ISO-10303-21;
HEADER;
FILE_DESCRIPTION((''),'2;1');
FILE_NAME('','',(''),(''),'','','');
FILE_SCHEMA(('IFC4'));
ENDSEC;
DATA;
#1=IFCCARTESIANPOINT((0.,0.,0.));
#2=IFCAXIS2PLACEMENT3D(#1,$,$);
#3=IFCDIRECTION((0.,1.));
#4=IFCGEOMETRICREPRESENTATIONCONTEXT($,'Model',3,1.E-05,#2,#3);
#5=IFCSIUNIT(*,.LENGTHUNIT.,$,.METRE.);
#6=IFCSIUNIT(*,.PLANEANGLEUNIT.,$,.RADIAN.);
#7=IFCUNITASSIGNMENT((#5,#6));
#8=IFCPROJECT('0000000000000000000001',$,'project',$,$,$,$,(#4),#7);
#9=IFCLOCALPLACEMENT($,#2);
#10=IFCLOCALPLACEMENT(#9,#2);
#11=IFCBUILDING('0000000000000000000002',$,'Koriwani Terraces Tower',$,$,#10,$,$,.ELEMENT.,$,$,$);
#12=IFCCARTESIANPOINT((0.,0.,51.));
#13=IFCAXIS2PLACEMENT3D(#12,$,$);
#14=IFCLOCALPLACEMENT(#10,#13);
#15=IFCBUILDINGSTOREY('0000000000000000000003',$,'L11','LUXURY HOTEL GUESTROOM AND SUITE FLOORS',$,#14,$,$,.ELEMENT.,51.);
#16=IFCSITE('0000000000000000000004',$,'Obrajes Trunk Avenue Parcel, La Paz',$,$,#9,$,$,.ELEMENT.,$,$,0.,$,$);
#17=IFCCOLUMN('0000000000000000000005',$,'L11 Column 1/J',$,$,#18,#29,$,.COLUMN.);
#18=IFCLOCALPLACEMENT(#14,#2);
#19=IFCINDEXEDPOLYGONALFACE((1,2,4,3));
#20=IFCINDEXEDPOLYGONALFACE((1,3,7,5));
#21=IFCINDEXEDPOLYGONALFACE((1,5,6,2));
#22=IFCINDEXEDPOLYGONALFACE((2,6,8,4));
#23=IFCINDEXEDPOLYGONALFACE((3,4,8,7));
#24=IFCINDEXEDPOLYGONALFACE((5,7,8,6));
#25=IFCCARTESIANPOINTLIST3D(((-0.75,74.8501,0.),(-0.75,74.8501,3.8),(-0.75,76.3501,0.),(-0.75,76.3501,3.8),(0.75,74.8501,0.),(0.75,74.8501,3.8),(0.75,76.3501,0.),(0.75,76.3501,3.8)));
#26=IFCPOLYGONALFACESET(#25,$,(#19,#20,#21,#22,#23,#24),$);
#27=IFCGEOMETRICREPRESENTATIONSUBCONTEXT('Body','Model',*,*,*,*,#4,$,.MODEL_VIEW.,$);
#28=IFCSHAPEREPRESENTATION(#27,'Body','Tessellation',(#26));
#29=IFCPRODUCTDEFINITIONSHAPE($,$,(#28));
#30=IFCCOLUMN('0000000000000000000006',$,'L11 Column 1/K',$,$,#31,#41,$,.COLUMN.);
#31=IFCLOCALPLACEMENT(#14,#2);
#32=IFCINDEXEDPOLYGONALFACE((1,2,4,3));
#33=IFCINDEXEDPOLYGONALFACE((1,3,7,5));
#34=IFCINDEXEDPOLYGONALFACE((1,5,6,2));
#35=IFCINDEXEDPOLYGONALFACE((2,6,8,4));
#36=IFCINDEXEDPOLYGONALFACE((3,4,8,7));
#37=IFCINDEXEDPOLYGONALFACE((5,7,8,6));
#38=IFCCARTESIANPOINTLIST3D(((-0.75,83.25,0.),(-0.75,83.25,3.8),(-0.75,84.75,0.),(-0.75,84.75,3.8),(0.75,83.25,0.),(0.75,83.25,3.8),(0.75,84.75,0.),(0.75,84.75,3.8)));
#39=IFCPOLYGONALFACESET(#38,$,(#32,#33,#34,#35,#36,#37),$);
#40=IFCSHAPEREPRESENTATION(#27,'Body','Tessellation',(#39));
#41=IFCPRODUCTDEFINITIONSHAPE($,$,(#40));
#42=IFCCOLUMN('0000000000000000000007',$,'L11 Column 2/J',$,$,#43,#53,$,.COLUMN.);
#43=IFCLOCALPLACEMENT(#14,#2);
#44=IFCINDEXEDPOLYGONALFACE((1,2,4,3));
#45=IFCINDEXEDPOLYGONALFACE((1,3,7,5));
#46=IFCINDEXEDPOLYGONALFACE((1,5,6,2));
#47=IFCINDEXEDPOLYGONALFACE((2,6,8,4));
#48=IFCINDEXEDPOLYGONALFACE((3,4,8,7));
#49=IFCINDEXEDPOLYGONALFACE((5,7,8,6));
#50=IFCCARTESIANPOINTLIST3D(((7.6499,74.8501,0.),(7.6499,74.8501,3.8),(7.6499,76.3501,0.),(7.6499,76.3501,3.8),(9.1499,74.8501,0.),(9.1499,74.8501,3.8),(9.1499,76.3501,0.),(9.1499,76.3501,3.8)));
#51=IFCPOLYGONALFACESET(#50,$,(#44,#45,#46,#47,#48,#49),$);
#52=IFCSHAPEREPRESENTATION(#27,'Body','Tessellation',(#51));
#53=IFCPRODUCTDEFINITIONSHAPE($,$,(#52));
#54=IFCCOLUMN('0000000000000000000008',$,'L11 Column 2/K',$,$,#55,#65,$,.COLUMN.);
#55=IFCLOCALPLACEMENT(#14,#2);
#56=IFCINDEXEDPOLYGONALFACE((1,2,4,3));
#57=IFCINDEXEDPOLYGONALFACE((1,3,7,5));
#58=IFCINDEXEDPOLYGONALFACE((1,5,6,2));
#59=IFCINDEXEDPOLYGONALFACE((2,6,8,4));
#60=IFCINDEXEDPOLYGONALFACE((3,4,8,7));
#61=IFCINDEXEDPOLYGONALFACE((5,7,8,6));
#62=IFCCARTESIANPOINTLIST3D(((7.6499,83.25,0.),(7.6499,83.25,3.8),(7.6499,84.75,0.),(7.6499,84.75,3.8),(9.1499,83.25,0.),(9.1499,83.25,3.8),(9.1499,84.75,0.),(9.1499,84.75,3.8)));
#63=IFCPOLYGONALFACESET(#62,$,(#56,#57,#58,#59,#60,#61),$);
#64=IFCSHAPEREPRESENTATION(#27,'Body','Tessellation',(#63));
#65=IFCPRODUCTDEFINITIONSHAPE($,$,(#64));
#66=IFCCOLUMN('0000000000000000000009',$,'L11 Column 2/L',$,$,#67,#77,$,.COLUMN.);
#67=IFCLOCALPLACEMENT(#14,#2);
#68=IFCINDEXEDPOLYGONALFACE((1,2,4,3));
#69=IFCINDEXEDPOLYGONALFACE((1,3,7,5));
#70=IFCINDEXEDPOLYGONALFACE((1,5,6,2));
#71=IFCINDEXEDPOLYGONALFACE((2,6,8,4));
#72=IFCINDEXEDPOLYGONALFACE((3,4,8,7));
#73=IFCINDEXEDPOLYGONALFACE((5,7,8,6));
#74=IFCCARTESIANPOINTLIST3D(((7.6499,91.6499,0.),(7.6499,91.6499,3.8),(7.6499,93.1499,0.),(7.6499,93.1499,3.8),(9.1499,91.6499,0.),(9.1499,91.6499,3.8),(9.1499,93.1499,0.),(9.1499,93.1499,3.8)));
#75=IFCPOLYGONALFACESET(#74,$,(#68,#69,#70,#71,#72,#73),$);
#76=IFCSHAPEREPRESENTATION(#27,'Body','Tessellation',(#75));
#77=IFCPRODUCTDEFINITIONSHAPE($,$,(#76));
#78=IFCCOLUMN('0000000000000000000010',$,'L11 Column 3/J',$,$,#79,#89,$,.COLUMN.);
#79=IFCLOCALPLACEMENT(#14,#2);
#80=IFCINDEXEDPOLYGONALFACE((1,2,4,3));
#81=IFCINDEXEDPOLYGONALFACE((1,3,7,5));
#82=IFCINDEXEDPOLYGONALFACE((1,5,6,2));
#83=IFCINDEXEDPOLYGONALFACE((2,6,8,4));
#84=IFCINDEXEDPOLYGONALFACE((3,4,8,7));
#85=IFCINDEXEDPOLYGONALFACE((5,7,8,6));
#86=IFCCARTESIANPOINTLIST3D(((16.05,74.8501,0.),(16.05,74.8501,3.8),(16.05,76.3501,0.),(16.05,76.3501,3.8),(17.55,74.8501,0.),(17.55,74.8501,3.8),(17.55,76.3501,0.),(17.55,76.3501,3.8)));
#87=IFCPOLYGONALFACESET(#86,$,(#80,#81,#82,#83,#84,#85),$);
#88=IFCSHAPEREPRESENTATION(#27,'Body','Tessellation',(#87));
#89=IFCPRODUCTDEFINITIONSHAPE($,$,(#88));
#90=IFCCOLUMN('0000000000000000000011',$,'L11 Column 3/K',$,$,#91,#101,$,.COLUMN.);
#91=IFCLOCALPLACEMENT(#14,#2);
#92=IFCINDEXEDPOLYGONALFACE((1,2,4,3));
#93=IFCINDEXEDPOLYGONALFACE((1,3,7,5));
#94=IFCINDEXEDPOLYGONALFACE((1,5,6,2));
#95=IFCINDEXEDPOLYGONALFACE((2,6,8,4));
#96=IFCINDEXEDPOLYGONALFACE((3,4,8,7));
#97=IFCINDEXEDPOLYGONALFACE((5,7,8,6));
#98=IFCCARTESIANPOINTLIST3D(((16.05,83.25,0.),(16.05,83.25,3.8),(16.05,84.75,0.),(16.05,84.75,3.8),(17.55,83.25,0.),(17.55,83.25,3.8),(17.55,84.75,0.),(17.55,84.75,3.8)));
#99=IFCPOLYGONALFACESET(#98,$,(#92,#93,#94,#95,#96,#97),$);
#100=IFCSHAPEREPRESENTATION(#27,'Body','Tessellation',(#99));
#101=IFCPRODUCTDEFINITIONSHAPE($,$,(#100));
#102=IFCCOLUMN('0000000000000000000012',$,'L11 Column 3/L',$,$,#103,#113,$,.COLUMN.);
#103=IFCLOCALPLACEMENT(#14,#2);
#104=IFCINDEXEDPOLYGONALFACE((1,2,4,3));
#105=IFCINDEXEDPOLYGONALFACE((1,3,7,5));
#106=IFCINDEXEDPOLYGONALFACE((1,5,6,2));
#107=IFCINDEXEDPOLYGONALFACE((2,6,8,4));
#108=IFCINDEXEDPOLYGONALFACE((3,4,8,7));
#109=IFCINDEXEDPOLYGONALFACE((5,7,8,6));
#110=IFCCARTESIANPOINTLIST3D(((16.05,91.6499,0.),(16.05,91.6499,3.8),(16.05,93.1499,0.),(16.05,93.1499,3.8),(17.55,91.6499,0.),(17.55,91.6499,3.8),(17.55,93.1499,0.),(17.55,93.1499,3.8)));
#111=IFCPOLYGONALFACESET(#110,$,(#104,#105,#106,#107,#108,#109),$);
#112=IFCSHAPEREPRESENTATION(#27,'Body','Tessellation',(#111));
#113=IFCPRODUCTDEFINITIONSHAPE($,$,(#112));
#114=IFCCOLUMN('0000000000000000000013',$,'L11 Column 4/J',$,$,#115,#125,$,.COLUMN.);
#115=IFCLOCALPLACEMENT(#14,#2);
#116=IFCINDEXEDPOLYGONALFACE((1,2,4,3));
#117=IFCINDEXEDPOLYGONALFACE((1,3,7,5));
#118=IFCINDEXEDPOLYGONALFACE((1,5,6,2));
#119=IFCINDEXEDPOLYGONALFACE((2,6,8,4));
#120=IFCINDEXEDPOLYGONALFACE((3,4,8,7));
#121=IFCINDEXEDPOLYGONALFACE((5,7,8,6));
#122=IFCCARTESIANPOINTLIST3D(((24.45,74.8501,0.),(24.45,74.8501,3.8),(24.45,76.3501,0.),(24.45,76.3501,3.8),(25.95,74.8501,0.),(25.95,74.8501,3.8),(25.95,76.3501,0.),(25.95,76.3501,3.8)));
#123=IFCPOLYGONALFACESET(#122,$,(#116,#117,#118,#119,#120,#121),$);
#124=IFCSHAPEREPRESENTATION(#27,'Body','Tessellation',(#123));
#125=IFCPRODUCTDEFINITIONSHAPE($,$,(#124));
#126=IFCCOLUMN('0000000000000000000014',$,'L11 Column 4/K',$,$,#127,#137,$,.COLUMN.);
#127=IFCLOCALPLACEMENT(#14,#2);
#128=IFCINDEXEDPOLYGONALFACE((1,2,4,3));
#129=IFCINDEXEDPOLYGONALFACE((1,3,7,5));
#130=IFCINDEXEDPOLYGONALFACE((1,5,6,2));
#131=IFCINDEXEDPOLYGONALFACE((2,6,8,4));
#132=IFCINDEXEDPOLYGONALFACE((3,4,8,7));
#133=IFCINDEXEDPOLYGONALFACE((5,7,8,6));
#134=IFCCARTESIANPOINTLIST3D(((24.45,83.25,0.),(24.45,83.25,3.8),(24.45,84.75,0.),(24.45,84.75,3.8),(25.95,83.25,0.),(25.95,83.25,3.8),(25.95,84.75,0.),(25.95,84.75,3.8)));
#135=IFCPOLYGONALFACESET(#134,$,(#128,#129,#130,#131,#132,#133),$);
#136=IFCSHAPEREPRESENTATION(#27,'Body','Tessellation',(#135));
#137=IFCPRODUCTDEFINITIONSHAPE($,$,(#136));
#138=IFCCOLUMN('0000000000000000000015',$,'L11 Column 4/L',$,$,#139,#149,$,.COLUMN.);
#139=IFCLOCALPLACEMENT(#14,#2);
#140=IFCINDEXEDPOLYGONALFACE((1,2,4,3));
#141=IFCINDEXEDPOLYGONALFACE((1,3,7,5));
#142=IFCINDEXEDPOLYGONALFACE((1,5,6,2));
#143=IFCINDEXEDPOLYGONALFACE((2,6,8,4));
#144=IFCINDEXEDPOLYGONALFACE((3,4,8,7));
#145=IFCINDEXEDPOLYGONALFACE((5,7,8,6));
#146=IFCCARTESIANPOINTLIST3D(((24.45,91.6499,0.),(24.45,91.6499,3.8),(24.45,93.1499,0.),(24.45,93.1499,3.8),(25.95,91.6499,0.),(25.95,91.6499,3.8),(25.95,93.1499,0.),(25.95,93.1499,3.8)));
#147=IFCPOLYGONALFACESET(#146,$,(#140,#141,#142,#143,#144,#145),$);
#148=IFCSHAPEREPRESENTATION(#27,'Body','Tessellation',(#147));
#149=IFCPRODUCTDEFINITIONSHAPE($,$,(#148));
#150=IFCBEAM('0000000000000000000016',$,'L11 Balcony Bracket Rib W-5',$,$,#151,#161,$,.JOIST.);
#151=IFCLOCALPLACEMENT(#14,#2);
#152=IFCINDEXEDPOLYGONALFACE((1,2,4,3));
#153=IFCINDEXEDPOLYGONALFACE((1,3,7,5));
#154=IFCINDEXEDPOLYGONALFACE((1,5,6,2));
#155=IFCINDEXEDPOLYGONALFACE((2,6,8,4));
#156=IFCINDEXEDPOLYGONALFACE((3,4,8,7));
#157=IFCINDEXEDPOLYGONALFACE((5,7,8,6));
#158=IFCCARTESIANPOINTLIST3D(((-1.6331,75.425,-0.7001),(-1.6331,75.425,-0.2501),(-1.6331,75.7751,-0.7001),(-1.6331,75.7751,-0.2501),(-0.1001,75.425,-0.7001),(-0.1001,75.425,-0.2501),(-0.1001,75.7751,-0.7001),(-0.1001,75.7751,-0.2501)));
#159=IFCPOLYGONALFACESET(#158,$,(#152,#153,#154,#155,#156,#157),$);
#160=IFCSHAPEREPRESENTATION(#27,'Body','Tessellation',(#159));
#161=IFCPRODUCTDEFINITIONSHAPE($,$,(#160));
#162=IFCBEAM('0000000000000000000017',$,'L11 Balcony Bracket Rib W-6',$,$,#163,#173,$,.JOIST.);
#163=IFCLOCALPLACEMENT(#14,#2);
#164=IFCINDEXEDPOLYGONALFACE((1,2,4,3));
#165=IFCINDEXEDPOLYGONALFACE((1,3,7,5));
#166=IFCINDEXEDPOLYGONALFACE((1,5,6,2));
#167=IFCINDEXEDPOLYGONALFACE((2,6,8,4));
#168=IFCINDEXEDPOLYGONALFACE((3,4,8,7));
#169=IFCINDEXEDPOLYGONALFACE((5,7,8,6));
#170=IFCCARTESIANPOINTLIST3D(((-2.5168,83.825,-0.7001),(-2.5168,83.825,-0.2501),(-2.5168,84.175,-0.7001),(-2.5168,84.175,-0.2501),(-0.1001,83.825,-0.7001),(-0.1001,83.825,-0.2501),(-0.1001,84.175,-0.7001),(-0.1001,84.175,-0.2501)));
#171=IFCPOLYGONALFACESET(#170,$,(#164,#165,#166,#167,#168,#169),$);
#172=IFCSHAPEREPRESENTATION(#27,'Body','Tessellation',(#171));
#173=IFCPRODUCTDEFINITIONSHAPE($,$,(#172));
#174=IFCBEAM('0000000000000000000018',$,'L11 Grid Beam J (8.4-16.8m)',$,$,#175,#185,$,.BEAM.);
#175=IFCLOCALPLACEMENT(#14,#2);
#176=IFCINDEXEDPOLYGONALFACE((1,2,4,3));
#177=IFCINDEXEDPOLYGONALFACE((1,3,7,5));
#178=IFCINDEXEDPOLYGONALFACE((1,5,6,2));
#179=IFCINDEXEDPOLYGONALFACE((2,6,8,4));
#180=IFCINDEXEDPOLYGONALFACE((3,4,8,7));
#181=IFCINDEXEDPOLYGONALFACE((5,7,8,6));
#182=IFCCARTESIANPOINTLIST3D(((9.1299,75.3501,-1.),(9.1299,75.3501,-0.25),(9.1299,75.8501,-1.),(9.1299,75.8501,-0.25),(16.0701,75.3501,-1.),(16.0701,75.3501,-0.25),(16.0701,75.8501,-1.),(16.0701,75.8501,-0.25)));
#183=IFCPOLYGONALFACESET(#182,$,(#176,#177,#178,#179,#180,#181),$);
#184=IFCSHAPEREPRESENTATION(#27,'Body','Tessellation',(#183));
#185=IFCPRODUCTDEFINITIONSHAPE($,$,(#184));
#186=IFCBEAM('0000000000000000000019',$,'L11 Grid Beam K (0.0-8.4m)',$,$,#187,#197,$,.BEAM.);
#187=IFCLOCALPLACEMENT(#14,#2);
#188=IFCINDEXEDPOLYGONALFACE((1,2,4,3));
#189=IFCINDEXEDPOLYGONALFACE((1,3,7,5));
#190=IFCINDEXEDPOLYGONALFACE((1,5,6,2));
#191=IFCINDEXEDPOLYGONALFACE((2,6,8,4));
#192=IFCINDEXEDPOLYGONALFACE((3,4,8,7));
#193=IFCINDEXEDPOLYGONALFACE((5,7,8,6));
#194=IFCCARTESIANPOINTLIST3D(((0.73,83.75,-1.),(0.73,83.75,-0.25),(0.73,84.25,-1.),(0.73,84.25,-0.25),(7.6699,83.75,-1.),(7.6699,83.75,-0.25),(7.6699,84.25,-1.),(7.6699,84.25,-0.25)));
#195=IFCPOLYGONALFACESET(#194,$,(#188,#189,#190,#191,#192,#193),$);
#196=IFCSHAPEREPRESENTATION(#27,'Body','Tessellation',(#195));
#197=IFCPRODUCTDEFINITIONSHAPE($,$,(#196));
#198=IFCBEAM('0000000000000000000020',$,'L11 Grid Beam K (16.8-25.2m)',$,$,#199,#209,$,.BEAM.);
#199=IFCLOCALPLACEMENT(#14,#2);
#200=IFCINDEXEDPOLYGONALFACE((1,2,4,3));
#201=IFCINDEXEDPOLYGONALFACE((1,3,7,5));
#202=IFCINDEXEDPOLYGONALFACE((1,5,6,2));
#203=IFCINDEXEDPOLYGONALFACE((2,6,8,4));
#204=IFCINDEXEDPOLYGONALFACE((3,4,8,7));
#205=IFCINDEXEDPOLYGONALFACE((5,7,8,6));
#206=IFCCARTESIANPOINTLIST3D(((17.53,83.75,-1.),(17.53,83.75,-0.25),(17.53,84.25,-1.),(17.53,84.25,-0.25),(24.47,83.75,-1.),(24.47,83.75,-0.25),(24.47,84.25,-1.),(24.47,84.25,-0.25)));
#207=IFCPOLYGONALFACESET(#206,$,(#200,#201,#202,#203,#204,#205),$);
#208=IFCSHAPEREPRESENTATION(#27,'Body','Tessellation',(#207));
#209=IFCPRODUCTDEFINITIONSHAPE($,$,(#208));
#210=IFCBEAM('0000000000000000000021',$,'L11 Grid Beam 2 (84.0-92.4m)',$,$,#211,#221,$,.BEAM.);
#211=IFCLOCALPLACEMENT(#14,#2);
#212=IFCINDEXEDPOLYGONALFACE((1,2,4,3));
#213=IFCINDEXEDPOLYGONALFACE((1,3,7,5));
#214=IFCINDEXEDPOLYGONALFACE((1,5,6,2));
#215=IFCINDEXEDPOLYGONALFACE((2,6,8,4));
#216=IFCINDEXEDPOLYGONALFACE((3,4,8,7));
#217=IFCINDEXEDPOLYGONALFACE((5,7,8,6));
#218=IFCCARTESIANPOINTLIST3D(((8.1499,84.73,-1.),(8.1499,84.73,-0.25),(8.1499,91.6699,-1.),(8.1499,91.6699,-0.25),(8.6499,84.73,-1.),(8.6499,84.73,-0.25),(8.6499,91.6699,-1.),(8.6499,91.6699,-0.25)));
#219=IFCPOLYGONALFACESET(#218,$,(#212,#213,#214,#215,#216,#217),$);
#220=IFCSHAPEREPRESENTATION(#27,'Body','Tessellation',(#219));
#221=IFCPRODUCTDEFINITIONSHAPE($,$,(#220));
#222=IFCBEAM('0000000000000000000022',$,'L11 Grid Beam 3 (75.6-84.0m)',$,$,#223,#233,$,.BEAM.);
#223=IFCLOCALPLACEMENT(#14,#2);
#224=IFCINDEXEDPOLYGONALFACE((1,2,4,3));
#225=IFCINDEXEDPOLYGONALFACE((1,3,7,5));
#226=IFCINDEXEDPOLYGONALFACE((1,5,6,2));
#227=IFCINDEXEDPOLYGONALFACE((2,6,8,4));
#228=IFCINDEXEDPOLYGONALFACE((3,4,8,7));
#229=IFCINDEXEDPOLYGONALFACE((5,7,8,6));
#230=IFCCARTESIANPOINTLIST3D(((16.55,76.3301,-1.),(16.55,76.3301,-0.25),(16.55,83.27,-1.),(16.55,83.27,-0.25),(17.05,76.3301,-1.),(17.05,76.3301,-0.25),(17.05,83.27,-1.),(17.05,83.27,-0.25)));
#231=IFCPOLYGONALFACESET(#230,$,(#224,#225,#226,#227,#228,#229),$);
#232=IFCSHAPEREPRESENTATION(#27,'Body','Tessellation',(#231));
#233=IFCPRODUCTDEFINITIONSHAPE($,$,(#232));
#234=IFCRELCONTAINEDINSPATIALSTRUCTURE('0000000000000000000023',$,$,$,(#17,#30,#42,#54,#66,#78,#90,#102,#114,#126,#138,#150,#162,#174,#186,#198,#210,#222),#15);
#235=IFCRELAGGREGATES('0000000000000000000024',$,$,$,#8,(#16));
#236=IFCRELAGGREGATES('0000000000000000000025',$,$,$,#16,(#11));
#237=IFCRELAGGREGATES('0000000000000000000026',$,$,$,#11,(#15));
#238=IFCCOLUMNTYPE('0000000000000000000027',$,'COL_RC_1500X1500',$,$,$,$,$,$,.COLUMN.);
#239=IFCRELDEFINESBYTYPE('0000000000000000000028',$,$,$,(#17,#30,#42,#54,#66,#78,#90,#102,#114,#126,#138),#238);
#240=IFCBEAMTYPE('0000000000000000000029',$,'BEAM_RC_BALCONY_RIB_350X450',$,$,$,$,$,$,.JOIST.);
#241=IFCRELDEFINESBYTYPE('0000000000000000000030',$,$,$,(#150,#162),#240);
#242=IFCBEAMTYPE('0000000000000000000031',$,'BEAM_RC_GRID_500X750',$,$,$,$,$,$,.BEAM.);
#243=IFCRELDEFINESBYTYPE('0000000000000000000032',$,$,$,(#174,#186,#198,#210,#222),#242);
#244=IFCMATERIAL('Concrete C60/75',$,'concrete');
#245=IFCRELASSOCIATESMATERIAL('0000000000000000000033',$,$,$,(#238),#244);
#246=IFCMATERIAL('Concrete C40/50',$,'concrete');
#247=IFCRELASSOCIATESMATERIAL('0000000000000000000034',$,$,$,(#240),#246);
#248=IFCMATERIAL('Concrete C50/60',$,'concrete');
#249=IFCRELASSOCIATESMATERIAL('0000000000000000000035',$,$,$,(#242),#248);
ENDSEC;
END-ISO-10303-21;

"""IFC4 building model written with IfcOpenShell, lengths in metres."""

from ifc_helpers import new_model, si_unit, direction, frame, origin, origin_2d, place, context, subcontext, project, spatial, rectangle, extrude, material, material_profile, profile_set, type_object, element, save


model = new_model("IFC4")

# Units and contexts
model_context = context("Model", 3, precision=1e-05, world=origin(), true_north=direction((0.0, 1.0)))
body_context = subcontext(model_context, "Body", "Model", "MODEL_VIEW")
ifc_project = project(units=[si_unit("LENGTHUNIT", "METRE"), si_unit("PLANEANGLEUNIT", "RADIAN")], contexts=[model_context])

# Site, building, storey
site_placement = place(None, origin())
site = spatial("IfcSite", under=ifc_project, at=site_placement, Name="Obrajes Trunk Avenue Parcel, La Paz", CompositionType="ELEMENT", RefElevation=0.0)
building_placement = place(site_placement, origin())
building = spatial("IfcBuilding", under=site, at=building_placement, Name="Koriwani Terraces Tower", CompositionType="ELEMENT")
storey_placement = place(building_placement, frame((0.0, 0.0, 51.0)))
storey = spatial("IfcBuildingStorey", under=building, at=storey_placement, Name="L11", Description="LUXURY HOTEL GUESTROOM AND SUITE FLOORS", CompositionType="ELEMENT", Elevation=51.0)

# Columns
ifc_material_1 = material(Name="Concrete C60/75", Category="concrete")
ifc_material_profile_1 = material_profile(ifc_material_1, rectangle(XDim=1.5, YDim=1.5, at=origin_2d()), Name="Concrete C60/75", Category="LoadBearing")
ifc_profile_set_1 = profile_set([ifc_material_profile_1], Name="Concrete C60/75")
column_type = type_object("IfcColumnType", Name="COL_RC_1500X1500", PredefinedType="COLUMN", material=ifc_profile_set_1)
for number, where, z_axis, x_axis, name in (
    (1, (0.0, 75.6001, 0.0), (0.0, 0.0, 1.0), (1.0, 0.0, 0.0), "L11 Column 1/J"),
    (2, (0.0, 84.0, 0.0), (0.0, 0.0, 1.0), (1.0, 0.0, 0.0), "L11 Column 1/K"),
    (3, (8.3999, 75.6001, 0.0), (0.0, 0.0, 1.0), (1.0, 0.0, 0.0), "L11 Column 2/J"),
    (4, (8.3999, 84.0, 0.0), (0.0, 0.0, 1.0), (1.0, 0.0, 0.0), "L11 Column 2/K"),
    (5, (8.3999, 92.3999, 0.0), (0.0, 0.0, 1.0), (1.0, 0.0, 0.0), "L11 Column 2/L"),
    (6, (16.8, 75.6001, 0.0), (0.0, 0.0, 1.0), (1.0, 0.0, 0.0), "L11 Column 3/J"),
    (7, (16.8, 84.0, 0.0), (0.0, 0.0, 1.0), (1.0, 0.0, 0.0), "L11 Column 3/K"),
    (8, (16.8, 92.3999, 0.0), (0.0, 0.0, 1.0), (1.0, 0.0, 0.0), "L11 Column 3/L"),
    (9, (25.2, 75.6001, 0.0), (0.0, 0.0, 1.0), (1.0, 0.0, 0.0), "L11 Column 4/J"),
    (10, (25.2, 84.0, 0.0), (0.0, 0.0, 1.0), (1.0, 0.0, 0.0), "L11 Column 4/K"),
    (11, (25.2, 92.3999, 0.0), (0.0, 0.0, 1.0), (1.0, 0.0, 0.0), "L11 Column 4/L"),
):
    element("IfcColumn", number, at=place(storey_placement, frame(where, z_axis=z_axis, x_axis=x_axis)), inside=storey, type_object=column_type, Name=name, PredefinedType="COLUMN", context=body_context, shape_type="SweptSolid", body=[
        extrude(rectangle(XDim=1.5, YDim=1.5, at=origin_2d()), origin(), (0.0, 0.0, 1.0), 3.8),
    ])

# Beams
ifc_material_2 = material(Name="Concrete C40/50", Category="concrete")
ifc_material_profile_2 = material_profile(ifc_material_2, rectangle(XDim=0.3501, YDim=0.45, at=origin_2d()), Name="Concrete C40/50", Category="LoadBearing")
ifc_profile_set_2 = profile_set([ifc_material_profile_2], Name="Concrete C40/50")
beam_type_1 = type_object("IfcBeamType", Name="BEAM_RC_BALCONY_RIB_350X450", PredefinedType="JOIST", material=ifc_profile_set_2)
beam_1_placement = place(storey_placement, frame((-1.6331, 75.6001, -0.4751), z_axis=(1.0, 0.0, 0.0), x_axis=(0.0, 1.0, 0.0)))
element("IfcBeam", 12, at=beam_1_placement, inside=storey, type_object=beam_type_1, Name="L11 Balcony Bracket Rib W-5", PredefinedType="JOIST", context=body_context, shape_type="SweptSolid", body=[
    extrude(rectangle(XDim=0.3501, YDim=0.45, at=origin_2d()), origin(), (0.0, 0.0, 1.0), 1.533),
])
beam_2_placement = place(storey_placement, frame((-2.5168, 84.0, -0.4751), z_axis=(1.0, 0.0, 0.0), x_axis=(0.0, 1.0, 0.0)))
element("IfcBeam", 13, at=beam_2_placement, inside=storey, type_object=beam_type_1, Name="L11 Balcony Bracket Rib W-6", PredefinedType="JOIST", context=body_context, shape_type="SweptSolid", body=[
    extrude(rectangle(XDim=0.3501, YDim=0.45, at=origin_2d()), origin(), (0.0, 0.0, 1.0), 2.4167),
])
ifc_material_3 = material(Name="Concrete C50/60", Category="concrete")
ifc_material_profile_3 = material_profile(ifc_material_3, rectangle(XDim=0.5, YDim=0.75, at=origin_2d()), Name="Concrete C50/60", Category="LoadBearing")
ifc_profile_set_3 = profile_set([ifc_material_profile_3], Name="Concrete C50/60")
beam_type_2 = type_object("IfcBeamType", Name="BEAM_RC_GRID_500X750", PredefinedType="BEAM", material=ifc_profile_set_3)
beam_3_placement = place(storey_placement, frame((9.1299, 75.6001, -0.625), z_axis=(1.0, 0.0, 0.0), x_axis=(0.0, 1.0, 0.0)))
element("IfcBeam", 14, at=beam_3_placement, inside=storey, type_object=beam_type_2, Name="L11 Grid Beam J (8.4-16.8m)", PredefinedType="BEAM", context=body_context, shape_type="SweptSolid", body=[
    extrude(rectangle(XDim=0.5, YDim=0.75, at=origin_2d()), origin(), (0.0, 0.0, 1.0), 6.9402),
])
for number, where, z_axis, x_axis, name in (
    (15, (0.73, 84.0, -0.625), (1.0, 0.0, 0.0), (0.0, 1.0, 0.0), "L11 Grid Beam K (0.0-8.4m)"),
    (16, (17.53, 84.0, -0.625), (1.0, 0.0, 0.0), (0.0, 1.0, 0.0), "L11 Grid Beam K (16.8-25.2m)"),
    (17, (8.3999, 84.73, -0.625), (0.0, 1.0, 0.0), (-1.0, 0.0, 0.0), "L11 Grid Beam 2 (84.0-92.4m)"),
    (18, (16.8, 76.3301, -0.625), (0.0, 1.0, 0.0), (-1.0, 0.0, 0.0), "L11 Grid Beam 3 (75.6-84.0m)"),
):
    element("IfcBeam", number, at=place(storey_placement, frame(where, z_axis=z_axis, x_axis=x_axis)), inside=storey, type_object=beam_type_2, Name=name, PredefinedType="BEAM", context=body_context, shape_type="SweptSolid", body=[
        extrude(rectangle(XDim=0.5, YDim=0.75, at=origin_2d()), origin(), (0.0, 0.0, 1.0), 6.9399),
    ])

save(model, "model.ifc")
